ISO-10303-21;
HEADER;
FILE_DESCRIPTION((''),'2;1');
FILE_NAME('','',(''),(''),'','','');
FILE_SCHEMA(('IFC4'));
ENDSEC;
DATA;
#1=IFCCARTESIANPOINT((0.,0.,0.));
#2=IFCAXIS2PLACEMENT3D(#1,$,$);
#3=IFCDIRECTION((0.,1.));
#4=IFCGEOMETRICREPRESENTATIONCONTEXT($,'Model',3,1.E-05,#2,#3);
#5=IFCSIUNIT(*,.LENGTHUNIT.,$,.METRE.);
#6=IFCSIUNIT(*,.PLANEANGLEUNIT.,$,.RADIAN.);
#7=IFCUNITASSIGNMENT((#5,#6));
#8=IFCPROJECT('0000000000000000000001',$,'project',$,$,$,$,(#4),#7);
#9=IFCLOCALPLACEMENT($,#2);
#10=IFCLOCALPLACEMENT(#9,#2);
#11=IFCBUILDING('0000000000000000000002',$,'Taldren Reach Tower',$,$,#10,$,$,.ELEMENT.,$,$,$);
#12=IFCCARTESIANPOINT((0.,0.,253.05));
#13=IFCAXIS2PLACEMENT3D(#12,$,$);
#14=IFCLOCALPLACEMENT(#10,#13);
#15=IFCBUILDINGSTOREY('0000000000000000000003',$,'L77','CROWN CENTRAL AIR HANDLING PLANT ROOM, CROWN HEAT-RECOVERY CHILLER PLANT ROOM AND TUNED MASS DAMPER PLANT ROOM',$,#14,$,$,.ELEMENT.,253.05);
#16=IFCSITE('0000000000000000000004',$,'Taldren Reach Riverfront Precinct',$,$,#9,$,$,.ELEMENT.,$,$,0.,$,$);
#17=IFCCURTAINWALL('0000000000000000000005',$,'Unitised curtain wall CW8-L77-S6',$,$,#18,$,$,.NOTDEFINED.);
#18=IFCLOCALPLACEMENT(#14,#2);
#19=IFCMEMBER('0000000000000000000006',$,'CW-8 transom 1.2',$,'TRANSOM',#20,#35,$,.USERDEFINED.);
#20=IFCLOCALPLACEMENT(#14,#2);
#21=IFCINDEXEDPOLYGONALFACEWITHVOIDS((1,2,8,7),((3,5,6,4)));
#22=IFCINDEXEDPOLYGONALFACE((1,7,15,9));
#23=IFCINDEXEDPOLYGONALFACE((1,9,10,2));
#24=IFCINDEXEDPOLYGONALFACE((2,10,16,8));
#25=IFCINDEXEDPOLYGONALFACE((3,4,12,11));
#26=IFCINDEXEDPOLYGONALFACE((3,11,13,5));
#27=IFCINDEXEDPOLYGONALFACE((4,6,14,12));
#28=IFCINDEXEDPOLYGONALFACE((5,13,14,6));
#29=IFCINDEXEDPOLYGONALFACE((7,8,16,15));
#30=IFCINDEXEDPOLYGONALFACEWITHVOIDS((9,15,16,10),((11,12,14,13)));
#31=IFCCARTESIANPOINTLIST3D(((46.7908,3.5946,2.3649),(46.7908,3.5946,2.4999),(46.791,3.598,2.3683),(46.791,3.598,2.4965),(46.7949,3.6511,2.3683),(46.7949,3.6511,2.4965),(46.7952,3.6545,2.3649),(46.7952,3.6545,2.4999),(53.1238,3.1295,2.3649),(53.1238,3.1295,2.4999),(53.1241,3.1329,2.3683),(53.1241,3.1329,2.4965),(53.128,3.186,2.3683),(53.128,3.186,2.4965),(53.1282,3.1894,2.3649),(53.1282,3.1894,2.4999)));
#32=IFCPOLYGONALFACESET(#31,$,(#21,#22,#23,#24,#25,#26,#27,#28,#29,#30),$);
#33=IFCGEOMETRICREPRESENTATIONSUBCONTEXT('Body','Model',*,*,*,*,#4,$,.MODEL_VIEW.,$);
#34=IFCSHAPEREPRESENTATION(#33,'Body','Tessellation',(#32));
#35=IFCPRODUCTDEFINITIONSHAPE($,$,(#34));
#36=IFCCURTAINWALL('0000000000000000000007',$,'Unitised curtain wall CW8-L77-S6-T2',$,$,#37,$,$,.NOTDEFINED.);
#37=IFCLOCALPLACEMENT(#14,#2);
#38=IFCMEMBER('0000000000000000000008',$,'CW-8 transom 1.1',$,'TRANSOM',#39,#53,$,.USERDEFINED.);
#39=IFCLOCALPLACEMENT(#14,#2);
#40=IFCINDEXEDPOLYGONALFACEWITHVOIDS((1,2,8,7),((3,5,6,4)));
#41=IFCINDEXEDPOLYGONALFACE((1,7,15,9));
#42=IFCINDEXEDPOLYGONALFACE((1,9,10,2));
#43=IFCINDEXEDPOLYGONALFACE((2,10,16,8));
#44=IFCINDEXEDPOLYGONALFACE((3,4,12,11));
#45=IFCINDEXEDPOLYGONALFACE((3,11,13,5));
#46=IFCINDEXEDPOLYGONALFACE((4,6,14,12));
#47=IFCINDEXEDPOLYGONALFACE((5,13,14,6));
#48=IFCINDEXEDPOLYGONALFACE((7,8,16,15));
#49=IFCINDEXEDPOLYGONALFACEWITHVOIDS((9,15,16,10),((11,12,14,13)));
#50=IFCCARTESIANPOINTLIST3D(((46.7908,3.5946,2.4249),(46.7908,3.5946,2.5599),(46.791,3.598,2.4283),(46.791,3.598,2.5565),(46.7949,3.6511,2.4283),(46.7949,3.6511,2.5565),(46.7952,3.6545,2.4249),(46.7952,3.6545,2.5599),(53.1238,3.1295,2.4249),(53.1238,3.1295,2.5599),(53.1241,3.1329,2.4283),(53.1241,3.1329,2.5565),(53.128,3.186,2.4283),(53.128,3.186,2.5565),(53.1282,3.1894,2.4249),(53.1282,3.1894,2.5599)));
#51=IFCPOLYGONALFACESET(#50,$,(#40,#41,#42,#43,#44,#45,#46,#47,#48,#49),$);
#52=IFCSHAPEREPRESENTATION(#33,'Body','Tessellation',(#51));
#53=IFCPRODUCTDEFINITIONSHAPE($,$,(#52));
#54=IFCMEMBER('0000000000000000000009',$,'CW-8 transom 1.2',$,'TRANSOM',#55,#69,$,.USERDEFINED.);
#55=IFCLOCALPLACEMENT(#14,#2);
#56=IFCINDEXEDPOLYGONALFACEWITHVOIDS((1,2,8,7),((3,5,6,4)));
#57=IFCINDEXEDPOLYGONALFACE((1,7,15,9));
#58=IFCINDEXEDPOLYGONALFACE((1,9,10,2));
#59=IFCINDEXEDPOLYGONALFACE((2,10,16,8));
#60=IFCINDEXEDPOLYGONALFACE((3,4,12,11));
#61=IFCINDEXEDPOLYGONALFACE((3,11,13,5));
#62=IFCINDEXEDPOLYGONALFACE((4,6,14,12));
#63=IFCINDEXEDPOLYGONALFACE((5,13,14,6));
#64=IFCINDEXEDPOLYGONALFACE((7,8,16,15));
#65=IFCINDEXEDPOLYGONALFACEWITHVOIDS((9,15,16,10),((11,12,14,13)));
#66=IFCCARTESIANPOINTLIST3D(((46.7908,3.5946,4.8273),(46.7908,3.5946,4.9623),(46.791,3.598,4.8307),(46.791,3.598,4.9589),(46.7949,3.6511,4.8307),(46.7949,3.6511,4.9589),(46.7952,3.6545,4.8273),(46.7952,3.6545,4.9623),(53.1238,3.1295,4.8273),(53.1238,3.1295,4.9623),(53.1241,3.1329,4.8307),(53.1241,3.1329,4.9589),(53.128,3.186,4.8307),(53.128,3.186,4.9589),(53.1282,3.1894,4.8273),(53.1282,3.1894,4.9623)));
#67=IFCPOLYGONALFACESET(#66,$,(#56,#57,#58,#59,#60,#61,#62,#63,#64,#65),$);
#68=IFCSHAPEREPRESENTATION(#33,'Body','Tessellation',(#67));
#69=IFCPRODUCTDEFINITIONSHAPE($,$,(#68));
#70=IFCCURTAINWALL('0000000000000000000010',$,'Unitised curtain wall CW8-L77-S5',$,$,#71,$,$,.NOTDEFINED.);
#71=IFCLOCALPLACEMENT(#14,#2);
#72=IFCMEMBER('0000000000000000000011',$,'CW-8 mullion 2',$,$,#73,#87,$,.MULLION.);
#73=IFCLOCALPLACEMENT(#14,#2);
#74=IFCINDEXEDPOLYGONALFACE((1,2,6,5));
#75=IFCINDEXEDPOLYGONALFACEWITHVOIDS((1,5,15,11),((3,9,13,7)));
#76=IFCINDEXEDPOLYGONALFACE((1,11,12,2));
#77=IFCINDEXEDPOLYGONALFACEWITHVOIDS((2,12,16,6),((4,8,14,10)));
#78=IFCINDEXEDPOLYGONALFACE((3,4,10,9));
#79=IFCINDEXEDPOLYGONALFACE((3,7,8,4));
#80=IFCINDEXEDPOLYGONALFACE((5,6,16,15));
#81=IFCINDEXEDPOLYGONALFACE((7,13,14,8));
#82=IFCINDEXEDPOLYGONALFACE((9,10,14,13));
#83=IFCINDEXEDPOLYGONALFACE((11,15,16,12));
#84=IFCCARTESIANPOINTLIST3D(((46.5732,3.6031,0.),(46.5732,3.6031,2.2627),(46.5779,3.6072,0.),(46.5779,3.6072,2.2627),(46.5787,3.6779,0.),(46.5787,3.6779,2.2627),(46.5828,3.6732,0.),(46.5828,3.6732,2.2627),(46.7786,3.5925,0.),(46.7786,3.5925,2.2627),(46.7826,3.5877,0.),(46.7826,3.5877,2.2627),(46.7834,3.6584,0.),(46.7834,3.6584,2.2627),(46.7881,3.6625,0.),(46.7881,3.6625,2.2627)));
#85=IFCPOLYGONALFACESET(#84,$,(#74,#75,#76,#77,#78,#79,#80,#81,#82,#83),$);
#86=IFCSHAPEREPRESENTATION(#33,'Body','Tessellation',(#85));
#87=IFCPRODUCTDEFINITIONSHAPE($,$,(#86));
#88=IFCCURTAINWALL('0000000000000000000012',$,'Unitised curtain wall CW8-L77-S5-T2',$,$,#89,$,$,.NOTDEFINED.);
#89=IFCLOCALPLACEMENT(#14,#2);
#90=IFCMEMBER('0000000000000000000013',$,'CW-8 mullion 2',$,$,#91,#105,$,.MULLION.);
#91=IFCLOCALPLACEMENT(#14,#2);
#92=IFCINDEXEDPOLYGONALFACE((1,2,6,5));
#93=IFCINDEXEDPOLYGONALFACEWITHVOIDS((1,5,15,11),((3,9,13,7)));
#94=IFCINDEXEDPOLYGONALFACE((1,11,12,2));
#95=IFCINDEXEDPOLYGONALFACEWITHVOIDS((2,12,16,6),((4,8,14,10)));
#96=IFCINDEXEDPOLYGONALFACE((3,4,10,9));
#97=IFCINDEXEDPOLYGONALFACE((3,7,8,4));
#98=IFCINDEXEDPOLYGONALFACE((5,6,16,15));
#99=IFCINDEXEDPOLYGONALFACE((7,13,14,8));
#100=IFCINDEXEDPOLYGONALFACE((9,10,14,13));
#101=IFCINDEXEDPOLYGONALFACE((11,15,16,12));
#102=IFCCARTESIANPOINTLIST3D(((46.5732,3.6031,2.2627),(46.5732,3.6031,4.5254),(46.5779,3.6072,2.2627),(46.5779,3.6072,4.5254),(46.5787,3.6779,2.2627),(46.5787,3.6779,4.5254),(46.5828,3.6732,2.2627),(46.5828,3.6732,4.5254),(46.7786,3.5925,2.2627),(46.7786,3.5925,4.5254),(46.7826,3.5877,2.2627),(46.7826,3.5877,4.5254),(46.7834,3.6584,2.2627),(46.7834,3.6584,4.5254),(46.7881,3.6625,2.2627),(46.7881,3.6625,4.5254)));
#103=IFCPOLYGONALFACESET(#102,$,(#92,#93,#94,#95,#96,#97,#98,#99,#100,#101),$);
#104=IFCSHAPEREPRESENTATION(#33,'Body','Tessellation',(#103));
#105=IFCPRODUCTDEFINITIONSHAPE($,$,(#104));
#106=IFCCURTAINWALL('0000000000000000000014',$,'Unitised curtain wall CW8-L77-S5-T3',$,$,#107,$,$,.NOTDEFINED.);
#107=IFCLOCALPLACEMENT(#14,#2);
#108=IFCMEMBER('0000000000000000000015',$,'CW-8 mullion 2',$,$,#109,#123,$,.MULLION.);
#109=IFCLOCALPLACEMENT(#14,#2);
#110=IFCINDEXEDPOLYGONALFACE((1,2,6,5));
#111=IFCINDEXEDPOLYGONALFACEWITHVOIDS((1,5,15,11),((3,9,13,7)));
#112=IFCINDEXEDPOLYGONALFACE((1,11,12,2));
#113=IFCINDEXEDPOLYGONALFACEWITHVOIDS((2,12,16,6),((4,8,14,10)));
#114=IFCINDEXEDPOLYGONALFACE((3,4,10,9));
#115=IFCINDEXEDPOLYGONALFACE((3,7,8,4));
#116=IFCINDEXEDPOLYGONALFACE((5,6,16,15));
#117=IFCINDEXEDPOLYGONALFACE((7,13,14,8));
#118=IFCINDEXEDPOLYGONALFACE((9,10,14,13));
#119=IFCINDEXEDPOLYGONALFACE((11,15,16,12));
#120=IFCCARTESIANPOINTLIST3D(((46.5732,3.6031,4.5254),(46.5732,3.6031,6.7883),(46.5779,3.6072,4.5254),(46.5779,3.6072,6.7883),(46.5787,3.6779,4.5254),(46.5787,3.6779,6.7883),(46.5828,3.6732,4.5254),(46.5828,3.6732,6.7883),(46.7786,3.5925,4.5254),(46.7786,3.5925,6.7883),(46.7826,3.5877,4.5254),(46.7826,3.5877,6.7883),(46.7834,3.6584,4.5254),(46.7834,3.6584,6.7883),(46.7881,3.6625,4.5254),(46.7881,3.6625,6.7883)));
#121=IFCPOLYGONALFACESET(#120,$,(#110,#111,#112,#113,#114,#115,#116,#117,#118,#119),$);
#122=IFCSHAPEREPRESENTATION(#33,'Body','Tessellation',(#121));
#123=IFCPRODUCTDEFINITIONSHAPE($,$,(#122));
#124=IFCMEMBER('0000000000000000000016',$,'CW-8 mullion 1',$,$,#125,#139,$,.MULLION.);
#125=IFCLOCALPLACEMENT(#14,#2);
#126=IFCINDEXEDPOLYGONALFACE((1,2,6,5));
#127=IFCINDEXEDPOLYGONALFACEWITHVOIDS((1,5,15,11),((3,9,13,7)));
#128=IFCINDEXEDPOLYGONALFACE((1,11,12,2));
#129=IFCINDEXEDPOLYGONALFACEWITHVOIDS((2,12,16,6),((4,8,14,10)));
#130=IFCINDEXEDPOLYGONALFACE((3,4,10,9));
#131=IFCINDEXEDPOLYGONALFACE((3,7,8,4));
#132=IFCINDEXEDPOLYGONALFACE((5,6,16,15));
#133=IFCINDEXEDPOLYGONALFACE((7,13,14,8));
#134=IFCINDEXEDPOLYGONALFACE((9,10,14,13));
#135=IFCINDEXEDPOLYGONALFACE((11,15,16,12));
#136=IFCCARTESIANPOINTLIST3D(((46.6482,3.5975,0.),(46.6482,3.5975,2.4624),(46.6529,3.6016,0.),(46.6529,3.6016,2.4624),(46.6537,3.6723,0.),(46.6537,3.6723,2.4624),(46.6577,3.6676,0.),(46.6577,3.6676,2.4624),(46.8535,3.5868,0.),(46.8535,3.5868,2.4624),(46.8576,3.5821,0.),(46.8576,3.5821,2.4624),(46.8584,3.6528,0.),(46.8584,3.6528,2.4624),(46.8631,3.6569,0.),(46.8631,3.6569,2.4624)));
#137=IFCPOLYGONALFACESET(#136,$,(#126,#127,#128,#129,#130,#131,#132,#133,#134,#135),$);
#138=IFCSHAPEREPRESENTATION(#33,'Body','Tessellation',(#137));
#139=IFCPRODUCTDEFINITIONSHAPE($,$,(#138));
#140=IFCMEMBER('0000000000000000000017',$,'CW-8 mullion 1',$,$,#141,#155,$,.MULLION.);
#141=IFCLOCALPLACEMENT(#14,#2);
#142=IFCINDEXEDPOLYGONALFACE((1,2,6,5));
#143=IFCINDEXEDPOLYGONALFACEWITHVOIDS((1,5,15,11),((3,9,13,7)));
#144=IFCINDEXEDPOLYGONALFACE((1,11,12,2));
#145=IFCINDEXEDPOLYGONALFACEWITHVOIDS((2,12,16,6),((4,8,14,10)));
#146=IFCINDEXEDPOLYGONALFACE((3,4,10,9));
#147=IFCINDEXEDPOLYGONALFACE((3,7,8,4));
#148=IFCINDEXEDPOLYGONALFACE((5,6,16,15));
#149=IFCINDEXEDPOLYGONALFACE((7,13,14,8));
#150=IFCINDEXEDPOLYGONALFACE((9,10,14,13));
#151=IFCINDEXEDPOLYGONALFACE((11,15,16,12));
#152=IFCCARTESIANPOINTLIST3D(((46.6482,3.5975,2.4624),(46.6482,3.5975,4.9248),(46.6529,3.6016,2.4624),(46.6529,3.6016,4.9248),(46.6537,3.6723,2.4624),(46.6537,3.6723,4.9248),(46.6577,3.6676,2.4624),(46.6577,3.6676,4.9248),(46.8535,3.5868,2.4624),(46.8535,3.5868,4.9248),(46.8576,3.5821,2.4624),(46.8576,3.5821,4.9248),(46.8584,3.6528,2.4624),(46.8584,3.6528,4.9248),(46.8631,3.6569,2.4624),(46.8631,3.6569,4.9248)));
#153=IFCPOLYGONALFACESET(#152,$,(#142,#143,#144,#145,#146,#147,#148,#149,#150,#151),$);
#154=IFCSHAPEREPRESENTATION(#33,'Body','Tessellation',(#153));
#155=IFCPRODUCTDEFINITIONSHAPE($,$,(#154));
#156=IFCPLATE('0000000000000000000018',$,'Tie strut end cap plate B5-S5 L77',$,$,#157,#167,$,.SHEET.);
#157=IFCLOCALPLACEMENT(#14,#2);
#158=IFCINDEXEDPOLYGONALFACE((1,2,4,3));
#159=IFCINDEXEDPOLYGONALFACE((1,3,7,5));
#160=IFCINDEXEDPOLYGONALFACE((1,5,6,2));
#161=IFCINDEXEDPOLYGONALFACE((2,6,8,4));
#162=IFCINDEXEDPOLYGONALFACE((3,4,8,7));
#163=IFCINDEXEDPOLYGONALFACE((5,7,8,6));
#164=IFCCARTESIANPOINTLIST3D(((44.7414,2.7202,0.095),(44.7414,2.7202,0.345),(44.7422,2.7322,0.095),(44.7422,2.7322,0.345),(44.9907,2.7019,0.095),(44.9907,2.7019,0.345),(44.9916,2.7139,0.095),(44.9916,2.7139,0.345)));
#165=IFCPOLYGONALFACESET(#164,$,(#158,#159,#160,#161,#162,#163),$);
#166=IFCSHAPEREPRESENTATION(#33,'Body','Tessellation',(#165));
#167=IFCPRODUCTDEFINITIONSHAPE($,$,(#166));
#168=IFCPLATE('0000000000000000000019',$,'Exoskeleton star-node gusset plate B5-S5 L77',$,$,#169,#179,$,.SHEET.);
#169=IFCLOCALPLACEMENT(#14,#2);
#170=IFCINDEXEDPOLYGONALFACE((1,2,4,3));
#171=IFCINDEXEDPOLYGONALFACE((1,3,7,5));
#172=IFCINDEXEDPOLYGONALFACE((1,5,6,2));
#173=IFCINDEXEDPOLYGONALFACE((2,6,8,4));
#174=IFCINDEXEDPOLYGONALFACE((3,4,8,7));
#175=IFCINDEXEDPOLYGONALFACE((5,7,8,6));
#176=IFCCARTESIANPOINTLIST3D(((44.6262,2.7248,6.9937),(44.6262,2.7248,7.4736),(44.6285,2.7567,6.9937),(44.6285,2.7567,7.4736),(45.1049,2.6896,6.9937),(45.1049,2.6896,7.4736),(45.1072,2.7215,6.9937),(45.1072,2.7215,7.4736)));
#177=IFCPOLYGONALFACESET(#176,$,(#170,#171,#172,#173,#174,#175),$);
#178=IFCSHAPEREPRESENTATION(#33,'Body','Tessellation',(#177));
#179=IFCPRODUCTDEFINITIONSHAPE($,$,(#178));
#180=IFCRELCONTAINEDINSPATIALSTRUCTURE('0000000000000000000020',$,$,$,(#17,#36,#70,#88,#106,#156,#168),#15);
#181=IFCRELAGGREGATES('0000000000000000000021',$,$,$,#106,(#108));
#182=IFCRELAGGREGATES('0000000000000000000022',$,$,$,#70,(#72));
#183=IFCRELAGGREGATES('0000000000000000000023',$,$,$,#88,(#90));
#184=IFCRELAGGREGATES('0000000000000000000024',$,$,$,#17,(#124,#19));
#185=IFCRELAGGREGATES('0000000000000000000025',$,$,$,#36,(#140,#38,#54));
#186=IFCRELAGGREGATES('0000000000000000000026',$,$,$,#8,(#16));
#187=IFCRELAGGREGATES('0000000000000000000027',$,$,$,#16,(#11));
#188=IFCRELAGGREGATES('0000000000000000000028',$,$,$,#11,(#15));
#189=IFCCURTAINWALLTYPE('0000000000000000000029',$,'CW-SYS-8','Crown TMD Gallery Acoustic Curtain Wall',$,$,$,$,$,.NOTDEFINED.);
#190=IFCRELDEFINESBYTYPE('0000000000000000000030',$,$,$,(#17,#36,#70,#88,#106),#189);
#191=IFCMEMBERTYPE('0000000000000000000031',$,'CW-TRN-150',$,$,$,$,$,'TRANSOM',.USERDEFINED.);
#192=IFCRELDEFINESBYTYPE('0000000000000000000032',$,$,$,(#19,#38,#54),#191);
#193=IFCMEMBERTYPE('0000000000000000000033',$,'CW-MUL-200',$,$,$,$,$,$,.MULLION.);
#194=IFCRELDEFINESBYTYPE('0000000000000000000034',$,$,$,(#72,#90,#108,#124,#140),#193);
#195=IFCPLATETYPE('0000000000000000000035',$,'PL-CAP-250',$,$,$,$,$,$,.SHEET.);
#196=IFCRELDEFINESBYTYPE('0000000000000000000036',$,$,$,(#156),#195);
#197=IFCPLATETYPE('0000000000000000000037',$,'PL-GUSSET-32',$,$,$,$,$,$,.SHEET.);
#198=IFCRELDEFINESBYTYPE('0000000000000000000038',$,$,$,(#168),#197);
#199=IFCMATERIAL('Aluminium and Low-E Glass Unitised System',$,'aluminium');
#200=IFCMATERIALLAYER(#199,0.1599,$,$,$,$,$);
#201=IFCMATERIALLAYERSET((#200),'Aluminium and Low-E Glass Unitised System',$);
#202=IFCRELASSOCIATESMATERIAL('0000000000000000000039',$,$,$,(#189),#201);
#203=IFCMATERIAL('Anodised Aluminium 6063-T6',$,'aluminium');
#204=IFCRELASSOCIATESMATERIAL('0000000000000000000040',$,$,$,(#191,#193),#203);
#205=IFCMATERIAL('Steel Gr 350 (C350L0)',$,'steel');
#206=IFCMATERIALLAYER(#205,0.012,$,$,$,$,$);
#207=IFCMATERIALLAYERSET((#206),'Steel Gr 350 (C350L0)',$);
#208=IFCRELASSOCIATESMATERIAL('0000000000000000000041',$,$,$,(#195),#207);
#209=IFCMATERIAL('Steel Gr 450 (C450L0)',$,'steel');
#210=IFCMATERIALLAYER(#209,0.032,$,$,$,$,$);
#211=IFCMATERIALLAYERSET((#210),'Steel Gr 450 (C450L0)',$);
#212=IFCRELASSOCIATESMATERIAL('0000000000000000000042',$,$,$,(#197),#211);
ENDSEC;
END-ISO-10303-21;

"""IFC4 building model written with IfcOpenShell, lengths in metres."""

from ifc_helpers import new_model, si_unit, direction, frame, origin, origin_2d, place, context, subcontext, project, spatial, rectangle, hollow_rectangle, extrude, source, transform, mapped, material, layer, layer_set, material_profile, profile_set, type_object, element, aggregate, save


model = new_model("IFC4")

# Units and contexts
model_context = context("Model", 3, precision=1e-05, world=origin(), true_north=direction((0.0, 1.0)))
body_context = subcontext(model_context, "Body", "Model", "MODEL_VIEW")
ifc_project = project(units=[si_unit("LENGTHUNIT", "METRE"), si_unit("PLANEANGLEUNIT", "RADIAN")], contexts=[model_context])

# Site, building, storey
site_placement = place(None, origin())
site = spatial("IfcSite", under=ifc_project, at=site_placement, Name="Taldren Reach Riverfront Precinct", CompositionType="ELEMENT", RefElevation=0.0)
building_placement = place(site_placement, origin())
building = spatial("IfcBuilding", under=site, at=building_placement, Name="Taldren Reach Tower", CompositionType="ELEMENT")
storey_placement = place(building_placement, frame((0.0, 0.0, 253.05)))
storey = spatial("IfcBuildingStorey", under=building, at=storey_placement, Name="L77", Description="CROWN CENTRAL AIR HANDLING PLANT ROOM, CROWN HEAT-RECOVERY CHILLER PLANT ROOM AND TUNED MASS DAMPER PLANT ROOM", CompositionType="ELEMENT", Elevation=253.05)

# Shared definitions
ifc_material_1 = material(Name="Steel Gr 350 (C350L0)", Category="steel")
ifc_material_2 = material(Name="Steel Gr 450 (C450L0)", Category="steel")

# Curtain walls, members
ifc_material_3 = material(Name="Aluminium and Low-E Glass Unitised System", Category="aluminium")
ifc_layer_1 = layer(ifc_material_3, 0.1599)
ifc_layer_set_1 = layer_set([ifc_layer_1], Name="Aluminium and Low-E Glass Unitised System")
curtain_wall_type = type_object("IfcCurtainWallType", Name="CW-SYS-8", Description="Crown TMD Gallery Acoustic Curtain Wall", PredefinedType="NOTDEFINED", material=ifc_layer_set_1)
curtain_wall_1_placement = place(storey_placement, origin())
curtain_wall_1 = element("IfcCurtainWall", 1, at=curtain_wall_1_placement, inside=storey, type_object=curtain_wall_type, Name="Unitised curtain wall CW8-L77-S6", PredefinedType="NOTDEFINED")
ifc_material_4 = material(Name="Anodised Aluminium 6063-T6", Category="aluminium")
ifc_material_profile_1 = material_profile(ifc_material_4, hollow_rectangle(XDim=0.0601, YDim=0.135, WallThickness=0.0034, at=origin_2d()), Name="ALU-135x60x3.5RHS")
ifc_profile_set_1 = profile_set([ifc_material_profile_1], Name="Anodised Aluminium 6063-T6")
member_type_1 = type_object("IfcMemberType", Name="CW-TRN-150", ElementType="TRANSOM", PredefinedType="USERDEFINED", material=ifc_profile_set_1)
shared_shape_1 = source(origin(), body_context, "Body", "SweptSolid", [
    extrude(hollow_rectangle(XDim=0.0601, YDim=0.135, WallThickness=0.0034, at=origin_2d()), origin(), (0.0, 0.0, 1.0), 6.3501),
])
member_1_placement = place(storey_placement, frame((46.793, 3.6245, 2.4324), z_axis=(0.997314, -0.073241, 0.0), x_axis=(0.073241, 0.997314, 0.0)))
member_1 = element("IfcMember", 2, at=member_1_placement, type_object=member_type_1, Name="CW-8 transom 1.2", ObjectType="TRANSOM", PredefinedType="USERDEFINED", context=body_context, shape_type="MappedRepresentation", body=[
    mapped(shared_shape_1, transform((0.0, 0.0, 0.0), scale=1.0)),
])
curtain_wall_2_placement = place(storey_placement, origin())
curtain_wall_2 = element("IfcCurtainWall", 3, at=curtain_wall_2_placement, inside=storey, type_object=curtain_wall_type, Name="Unitised curtain wall CW8-L77-S6-T2", PredefinedType="NOTDEFINED")
member_2_placement = place(storey_placement, frame((46.793, 3.6245, 2.4924), z_axis=(0.997314, -0.073241, 0.0), x_axis=(0.073241, 0.997314, 0.0)))
member_2 = element("IfcMember", 4, at=member_2_placement, type_object=member_type_1, Name="CW-8 transom 1.1", ObjectType="TRANSOM", PredefinedType="USERDEFINED", context=body_context, shape_type="MappedRepresentation", body=[
    mapped(shared_shape_1, transform((0.0, 0.0, 0.0), scale=1.0)),
])
member_3_placement = place(storey_placement, frame((46.793, 3.6245, 4.8948), z_axis=(0.997314, -0.073241, 0.0), x_axis=(0.073241, 0.997314, 0.0)))
member_3 = element("IfcMember", 5, at=member_3_placement, type_object=member_type_1, Name="CW-8 transom 1.2", ObjectType="TRANSOM", PredefinedType="USERDEFINED", context=body_context, shape_type="MappedRepresentation", body=[
    mapped(shared_shape_1, transform((0.0, 0.0, 0.0), scale=1.0)),
])

# Curtain walls, members
curtain_wall_3_placement = place(storey_placement, origin())
curtain_wall_3 = element("IfcCurtainWall", 6, at=curtain_wall_3_placement, inside=storey, type_object=curtain_wall_type, Name="Unitised curtain wall CW8-L77-S5", PredefinedType="NOTDEFINED")
ifc_material_profile_2 = material_profile(ifc_material_4, hollow_rectangle(XDim=0.075, YDim=0.21, WallThickness=0.0044, at=origin_2d()), Name="ALU-210x75x4.5RHS")
ifc_profile_set_2 = profile_set([ifc_material_profile_2], Name="Anodised Aluminium 6063-T6")
member_type_2 = type_object("IfcMemberType", Name="CW-MUL-200", PredefinedType="MULLION", material=ifc_profile_set_2)
shared_shape_2 = source(origin(), body_context, "Body", "SweptSolid", [
    extrude(hollow_rectangle(XDim=0.075, YDim=0.21, WallThickness=0.0044, at=origin_2d()), origin(), (0.0, 0.0, 1.0), 2.2627),
])
member_4_placement = place(storey_placement, frame((46.6807, 3.6328, 0.0), z_axis=(0.0, 0.0, 1.0), x_axis=(0.073238, 0.997314, 0.0)))
member_4 = element("IfcMember", 7, at=member_4_placement, type_object=member_type_2, Name="CW-8 mullion 2", PredefinedType="MULLION", context=body_context, shape_type="MappedRepresentation", body=[
    mapped(shared_shape_2, transform((0.0, 0.0, 0.0), scale=1.0)),
])
curtain_wall_4_placement = place(storey_placement, origin())
curtain_wall_4 = element("IfcCurtainWall", 8, at=curtain_wall_4_placement, inside=storey, type_object=curtain_wall_type, Name="Unitised curtain wall CW8-L77-S5-T2", PredefinedType="NOTDEFINED")
member_5_placement = place(storey_placement, frame((46.6807, 3.6328, 2.2627), z_axis=(0.0, 0.0, 1.0), x_axis=(0.073238, 0.997314, 0.0)))
member_5 = element("IfcMember", 9, at=member_5_placement, type_object=member_type_2, Name="CW-8 mullion 2", PredefinedType="MULLION", context=body_context, shape_type="MappedRepresentation", body=[
    mapped(shared_shape_2, transform((0.0, 0.0, 0.0), scale=1.0)),
])
curtain_wall_5_placement = place(storey_placement, origin())
curtain_wall_5 = element("IfcCurtainWall", 10, at=curtain_wall_5_placement, inside=storey, type_object=curtain_wall_type, Name="Unitised curtain wall CW8-L77-S5-T3", PredefinedType="NOTDEFINED")
shared_shape_3 = source(origin(), body_context, "Body", "SweptSolid", [
    extrude(hollow_rectangle(XDim=0.075, YDim=0.21, WallThickness=0.0044, at=origin_2d()), origin(), (0.0, 0.0, 1.0), 2.2629),
])
member_6_placement = place(storey_placement, frame((46.6807, 3.6328, 4.5254), z_axis=(0.0, 0.0, 1.0), x_axis=(0.073238, 0.997314, 0.0)))
member_6 = element("IfcMember", 11, at=member_6_placement, type_object=member_type_2, Name="CW-8 mullion 2", PredefinedType="MULLION", context=body_context, shape_type="MappedRepresentation", body=[
    mapped(shared_shape_3, transform((0.0, 0.0, 0.0), scale=1.0)),
])

# Members
shared_shape_4 = source(origin(), body_context, "Body", "SweptSolid", [
    extrude(hollow_rectangle(XDim=0.075, YDim=0.21, WallThickness=0.0044, at=origin_2d()), origin(), (0.0, 0.0, 1.0), 2.4624),
])
member_7_placement = place(storey_placement, frame((46.7556, 3.6272, 0.0), z_axis=(0.0, 0.0, 1.0), x_axis=(0.073239, 0.997314, 0.0)))
member_7 = element("IfcMember", 12, at=member_7_placement, type_object=member_type_2, Name="CW-8 mullion 1", PredefinedType="MULLION", context=body_context, shape_type="MappedRepresentation", body=[
    mapped(shared_shape_4, transform((0.0, 0.0, 0.0), scale=1.0)),
])
member_8_placement = place(storey_placement, frame((46.7556, 3.6272, 2.4624), z_axis=(0.0, 0.0, 1.0), x_axis=(0.073239, 0.997314, 0.0)))
member_8 = element("IfcMember", 13, at=member_8_placement, type_object=member_type_2, Name="CW-8 mullion 1", PredefinedType="MULLION", context=body_context, shape_type="MappedRepresentation", body=[
    mapped(shared_shape_4, transform((0.0, 0.0, 0.0), scale=1.0)),
])

# Plates
ifc_layer_2 = layer(ifc_material_1, 0.012)
ifc_layer_set_2 = layer_set([ifc_layer_2], Name="Steel Gr 350 (C350L0)")
plate_type_1 = type_object("IfcPlateType", Name="PL-CAP-250", PredefinedType="SHEET", material=ifc_layer_set_2)
shared_shape_5 = source(origin(), body_context, "Body", "SweptSolid", [
    extrude(rectangle(XDim=0.25, YDim=0.012, at=origin_2d()), origin(), (0.0, 0.0, 1.0), 0.25),
])
plate_1_placement = place(storey_placement, frame((44.8665, 2.717, 0.095), z_axis=(0.0, 0.0, 1.0), x_axis=(0.997314, -0.073238, 0.0)))
element("IfcPlate", 14, at=plate_1_placement, inside=storey, type_object=plate_type_1, Name="Tie strut end cap plate B5-S5 L77", PredefinedType="SHEET", context=body_context, shape_type="MappedRepresentation", body=[
    mapped(shared_shape_5, transform((0.0, 0.0, 0.0), scale=1.0)),
])
ifc_layer_3 = layer(ifc_material_2, 0.032)
ifc_layer_set_3 = layer_set([ifc_layer_3], Name="Steel Gr 450 (C450L0)")
plate_type_2 = type_object("IfcPlateType", Name="PL-GUSSET-32", PredefinedType="SHEET", material=ifc_layer_set_3)
shared_shape_6 = source(origin(), body_context, "Body", "SweptSolid", [
    extrude(rectangle(XDim=0.48, YDim=0.032, at=origin_2d()), origin(), (0.0, 0.0, 1.0), 0.48),
])
plate_2_placement = place(storey_placement, frame((44.8667, 2.7231, 6.9937), z_axis=(0.0, 0.0, 1.0), x_axis=(0.997314, -0.073238, 0.0)))
element("IfcPlate", 15, at=plate_2_placement, inside=storey, type_object=plate_type_2, Name="Exoskeleton star-node gusset plate B5-S5 L77", PredefinedType="SHEET", context=body_context, shape_type="MappedRepresentation", body=[
    mapped(shared_shape_6, transform((0.0, 0.0, 0.0), scale=1.0)),
])

aggregate(curtain_wall_5, [member_6])
aggregate(curtain_wall_3, [member_4])
aggregate(curtain_wall_4, [member_5])
aggregate(curtain_wall_1, [member_7, member_1])
aggregate(curtain_wall_2, [member_8, member_2, member_3])

save(model, "model.ifc")
